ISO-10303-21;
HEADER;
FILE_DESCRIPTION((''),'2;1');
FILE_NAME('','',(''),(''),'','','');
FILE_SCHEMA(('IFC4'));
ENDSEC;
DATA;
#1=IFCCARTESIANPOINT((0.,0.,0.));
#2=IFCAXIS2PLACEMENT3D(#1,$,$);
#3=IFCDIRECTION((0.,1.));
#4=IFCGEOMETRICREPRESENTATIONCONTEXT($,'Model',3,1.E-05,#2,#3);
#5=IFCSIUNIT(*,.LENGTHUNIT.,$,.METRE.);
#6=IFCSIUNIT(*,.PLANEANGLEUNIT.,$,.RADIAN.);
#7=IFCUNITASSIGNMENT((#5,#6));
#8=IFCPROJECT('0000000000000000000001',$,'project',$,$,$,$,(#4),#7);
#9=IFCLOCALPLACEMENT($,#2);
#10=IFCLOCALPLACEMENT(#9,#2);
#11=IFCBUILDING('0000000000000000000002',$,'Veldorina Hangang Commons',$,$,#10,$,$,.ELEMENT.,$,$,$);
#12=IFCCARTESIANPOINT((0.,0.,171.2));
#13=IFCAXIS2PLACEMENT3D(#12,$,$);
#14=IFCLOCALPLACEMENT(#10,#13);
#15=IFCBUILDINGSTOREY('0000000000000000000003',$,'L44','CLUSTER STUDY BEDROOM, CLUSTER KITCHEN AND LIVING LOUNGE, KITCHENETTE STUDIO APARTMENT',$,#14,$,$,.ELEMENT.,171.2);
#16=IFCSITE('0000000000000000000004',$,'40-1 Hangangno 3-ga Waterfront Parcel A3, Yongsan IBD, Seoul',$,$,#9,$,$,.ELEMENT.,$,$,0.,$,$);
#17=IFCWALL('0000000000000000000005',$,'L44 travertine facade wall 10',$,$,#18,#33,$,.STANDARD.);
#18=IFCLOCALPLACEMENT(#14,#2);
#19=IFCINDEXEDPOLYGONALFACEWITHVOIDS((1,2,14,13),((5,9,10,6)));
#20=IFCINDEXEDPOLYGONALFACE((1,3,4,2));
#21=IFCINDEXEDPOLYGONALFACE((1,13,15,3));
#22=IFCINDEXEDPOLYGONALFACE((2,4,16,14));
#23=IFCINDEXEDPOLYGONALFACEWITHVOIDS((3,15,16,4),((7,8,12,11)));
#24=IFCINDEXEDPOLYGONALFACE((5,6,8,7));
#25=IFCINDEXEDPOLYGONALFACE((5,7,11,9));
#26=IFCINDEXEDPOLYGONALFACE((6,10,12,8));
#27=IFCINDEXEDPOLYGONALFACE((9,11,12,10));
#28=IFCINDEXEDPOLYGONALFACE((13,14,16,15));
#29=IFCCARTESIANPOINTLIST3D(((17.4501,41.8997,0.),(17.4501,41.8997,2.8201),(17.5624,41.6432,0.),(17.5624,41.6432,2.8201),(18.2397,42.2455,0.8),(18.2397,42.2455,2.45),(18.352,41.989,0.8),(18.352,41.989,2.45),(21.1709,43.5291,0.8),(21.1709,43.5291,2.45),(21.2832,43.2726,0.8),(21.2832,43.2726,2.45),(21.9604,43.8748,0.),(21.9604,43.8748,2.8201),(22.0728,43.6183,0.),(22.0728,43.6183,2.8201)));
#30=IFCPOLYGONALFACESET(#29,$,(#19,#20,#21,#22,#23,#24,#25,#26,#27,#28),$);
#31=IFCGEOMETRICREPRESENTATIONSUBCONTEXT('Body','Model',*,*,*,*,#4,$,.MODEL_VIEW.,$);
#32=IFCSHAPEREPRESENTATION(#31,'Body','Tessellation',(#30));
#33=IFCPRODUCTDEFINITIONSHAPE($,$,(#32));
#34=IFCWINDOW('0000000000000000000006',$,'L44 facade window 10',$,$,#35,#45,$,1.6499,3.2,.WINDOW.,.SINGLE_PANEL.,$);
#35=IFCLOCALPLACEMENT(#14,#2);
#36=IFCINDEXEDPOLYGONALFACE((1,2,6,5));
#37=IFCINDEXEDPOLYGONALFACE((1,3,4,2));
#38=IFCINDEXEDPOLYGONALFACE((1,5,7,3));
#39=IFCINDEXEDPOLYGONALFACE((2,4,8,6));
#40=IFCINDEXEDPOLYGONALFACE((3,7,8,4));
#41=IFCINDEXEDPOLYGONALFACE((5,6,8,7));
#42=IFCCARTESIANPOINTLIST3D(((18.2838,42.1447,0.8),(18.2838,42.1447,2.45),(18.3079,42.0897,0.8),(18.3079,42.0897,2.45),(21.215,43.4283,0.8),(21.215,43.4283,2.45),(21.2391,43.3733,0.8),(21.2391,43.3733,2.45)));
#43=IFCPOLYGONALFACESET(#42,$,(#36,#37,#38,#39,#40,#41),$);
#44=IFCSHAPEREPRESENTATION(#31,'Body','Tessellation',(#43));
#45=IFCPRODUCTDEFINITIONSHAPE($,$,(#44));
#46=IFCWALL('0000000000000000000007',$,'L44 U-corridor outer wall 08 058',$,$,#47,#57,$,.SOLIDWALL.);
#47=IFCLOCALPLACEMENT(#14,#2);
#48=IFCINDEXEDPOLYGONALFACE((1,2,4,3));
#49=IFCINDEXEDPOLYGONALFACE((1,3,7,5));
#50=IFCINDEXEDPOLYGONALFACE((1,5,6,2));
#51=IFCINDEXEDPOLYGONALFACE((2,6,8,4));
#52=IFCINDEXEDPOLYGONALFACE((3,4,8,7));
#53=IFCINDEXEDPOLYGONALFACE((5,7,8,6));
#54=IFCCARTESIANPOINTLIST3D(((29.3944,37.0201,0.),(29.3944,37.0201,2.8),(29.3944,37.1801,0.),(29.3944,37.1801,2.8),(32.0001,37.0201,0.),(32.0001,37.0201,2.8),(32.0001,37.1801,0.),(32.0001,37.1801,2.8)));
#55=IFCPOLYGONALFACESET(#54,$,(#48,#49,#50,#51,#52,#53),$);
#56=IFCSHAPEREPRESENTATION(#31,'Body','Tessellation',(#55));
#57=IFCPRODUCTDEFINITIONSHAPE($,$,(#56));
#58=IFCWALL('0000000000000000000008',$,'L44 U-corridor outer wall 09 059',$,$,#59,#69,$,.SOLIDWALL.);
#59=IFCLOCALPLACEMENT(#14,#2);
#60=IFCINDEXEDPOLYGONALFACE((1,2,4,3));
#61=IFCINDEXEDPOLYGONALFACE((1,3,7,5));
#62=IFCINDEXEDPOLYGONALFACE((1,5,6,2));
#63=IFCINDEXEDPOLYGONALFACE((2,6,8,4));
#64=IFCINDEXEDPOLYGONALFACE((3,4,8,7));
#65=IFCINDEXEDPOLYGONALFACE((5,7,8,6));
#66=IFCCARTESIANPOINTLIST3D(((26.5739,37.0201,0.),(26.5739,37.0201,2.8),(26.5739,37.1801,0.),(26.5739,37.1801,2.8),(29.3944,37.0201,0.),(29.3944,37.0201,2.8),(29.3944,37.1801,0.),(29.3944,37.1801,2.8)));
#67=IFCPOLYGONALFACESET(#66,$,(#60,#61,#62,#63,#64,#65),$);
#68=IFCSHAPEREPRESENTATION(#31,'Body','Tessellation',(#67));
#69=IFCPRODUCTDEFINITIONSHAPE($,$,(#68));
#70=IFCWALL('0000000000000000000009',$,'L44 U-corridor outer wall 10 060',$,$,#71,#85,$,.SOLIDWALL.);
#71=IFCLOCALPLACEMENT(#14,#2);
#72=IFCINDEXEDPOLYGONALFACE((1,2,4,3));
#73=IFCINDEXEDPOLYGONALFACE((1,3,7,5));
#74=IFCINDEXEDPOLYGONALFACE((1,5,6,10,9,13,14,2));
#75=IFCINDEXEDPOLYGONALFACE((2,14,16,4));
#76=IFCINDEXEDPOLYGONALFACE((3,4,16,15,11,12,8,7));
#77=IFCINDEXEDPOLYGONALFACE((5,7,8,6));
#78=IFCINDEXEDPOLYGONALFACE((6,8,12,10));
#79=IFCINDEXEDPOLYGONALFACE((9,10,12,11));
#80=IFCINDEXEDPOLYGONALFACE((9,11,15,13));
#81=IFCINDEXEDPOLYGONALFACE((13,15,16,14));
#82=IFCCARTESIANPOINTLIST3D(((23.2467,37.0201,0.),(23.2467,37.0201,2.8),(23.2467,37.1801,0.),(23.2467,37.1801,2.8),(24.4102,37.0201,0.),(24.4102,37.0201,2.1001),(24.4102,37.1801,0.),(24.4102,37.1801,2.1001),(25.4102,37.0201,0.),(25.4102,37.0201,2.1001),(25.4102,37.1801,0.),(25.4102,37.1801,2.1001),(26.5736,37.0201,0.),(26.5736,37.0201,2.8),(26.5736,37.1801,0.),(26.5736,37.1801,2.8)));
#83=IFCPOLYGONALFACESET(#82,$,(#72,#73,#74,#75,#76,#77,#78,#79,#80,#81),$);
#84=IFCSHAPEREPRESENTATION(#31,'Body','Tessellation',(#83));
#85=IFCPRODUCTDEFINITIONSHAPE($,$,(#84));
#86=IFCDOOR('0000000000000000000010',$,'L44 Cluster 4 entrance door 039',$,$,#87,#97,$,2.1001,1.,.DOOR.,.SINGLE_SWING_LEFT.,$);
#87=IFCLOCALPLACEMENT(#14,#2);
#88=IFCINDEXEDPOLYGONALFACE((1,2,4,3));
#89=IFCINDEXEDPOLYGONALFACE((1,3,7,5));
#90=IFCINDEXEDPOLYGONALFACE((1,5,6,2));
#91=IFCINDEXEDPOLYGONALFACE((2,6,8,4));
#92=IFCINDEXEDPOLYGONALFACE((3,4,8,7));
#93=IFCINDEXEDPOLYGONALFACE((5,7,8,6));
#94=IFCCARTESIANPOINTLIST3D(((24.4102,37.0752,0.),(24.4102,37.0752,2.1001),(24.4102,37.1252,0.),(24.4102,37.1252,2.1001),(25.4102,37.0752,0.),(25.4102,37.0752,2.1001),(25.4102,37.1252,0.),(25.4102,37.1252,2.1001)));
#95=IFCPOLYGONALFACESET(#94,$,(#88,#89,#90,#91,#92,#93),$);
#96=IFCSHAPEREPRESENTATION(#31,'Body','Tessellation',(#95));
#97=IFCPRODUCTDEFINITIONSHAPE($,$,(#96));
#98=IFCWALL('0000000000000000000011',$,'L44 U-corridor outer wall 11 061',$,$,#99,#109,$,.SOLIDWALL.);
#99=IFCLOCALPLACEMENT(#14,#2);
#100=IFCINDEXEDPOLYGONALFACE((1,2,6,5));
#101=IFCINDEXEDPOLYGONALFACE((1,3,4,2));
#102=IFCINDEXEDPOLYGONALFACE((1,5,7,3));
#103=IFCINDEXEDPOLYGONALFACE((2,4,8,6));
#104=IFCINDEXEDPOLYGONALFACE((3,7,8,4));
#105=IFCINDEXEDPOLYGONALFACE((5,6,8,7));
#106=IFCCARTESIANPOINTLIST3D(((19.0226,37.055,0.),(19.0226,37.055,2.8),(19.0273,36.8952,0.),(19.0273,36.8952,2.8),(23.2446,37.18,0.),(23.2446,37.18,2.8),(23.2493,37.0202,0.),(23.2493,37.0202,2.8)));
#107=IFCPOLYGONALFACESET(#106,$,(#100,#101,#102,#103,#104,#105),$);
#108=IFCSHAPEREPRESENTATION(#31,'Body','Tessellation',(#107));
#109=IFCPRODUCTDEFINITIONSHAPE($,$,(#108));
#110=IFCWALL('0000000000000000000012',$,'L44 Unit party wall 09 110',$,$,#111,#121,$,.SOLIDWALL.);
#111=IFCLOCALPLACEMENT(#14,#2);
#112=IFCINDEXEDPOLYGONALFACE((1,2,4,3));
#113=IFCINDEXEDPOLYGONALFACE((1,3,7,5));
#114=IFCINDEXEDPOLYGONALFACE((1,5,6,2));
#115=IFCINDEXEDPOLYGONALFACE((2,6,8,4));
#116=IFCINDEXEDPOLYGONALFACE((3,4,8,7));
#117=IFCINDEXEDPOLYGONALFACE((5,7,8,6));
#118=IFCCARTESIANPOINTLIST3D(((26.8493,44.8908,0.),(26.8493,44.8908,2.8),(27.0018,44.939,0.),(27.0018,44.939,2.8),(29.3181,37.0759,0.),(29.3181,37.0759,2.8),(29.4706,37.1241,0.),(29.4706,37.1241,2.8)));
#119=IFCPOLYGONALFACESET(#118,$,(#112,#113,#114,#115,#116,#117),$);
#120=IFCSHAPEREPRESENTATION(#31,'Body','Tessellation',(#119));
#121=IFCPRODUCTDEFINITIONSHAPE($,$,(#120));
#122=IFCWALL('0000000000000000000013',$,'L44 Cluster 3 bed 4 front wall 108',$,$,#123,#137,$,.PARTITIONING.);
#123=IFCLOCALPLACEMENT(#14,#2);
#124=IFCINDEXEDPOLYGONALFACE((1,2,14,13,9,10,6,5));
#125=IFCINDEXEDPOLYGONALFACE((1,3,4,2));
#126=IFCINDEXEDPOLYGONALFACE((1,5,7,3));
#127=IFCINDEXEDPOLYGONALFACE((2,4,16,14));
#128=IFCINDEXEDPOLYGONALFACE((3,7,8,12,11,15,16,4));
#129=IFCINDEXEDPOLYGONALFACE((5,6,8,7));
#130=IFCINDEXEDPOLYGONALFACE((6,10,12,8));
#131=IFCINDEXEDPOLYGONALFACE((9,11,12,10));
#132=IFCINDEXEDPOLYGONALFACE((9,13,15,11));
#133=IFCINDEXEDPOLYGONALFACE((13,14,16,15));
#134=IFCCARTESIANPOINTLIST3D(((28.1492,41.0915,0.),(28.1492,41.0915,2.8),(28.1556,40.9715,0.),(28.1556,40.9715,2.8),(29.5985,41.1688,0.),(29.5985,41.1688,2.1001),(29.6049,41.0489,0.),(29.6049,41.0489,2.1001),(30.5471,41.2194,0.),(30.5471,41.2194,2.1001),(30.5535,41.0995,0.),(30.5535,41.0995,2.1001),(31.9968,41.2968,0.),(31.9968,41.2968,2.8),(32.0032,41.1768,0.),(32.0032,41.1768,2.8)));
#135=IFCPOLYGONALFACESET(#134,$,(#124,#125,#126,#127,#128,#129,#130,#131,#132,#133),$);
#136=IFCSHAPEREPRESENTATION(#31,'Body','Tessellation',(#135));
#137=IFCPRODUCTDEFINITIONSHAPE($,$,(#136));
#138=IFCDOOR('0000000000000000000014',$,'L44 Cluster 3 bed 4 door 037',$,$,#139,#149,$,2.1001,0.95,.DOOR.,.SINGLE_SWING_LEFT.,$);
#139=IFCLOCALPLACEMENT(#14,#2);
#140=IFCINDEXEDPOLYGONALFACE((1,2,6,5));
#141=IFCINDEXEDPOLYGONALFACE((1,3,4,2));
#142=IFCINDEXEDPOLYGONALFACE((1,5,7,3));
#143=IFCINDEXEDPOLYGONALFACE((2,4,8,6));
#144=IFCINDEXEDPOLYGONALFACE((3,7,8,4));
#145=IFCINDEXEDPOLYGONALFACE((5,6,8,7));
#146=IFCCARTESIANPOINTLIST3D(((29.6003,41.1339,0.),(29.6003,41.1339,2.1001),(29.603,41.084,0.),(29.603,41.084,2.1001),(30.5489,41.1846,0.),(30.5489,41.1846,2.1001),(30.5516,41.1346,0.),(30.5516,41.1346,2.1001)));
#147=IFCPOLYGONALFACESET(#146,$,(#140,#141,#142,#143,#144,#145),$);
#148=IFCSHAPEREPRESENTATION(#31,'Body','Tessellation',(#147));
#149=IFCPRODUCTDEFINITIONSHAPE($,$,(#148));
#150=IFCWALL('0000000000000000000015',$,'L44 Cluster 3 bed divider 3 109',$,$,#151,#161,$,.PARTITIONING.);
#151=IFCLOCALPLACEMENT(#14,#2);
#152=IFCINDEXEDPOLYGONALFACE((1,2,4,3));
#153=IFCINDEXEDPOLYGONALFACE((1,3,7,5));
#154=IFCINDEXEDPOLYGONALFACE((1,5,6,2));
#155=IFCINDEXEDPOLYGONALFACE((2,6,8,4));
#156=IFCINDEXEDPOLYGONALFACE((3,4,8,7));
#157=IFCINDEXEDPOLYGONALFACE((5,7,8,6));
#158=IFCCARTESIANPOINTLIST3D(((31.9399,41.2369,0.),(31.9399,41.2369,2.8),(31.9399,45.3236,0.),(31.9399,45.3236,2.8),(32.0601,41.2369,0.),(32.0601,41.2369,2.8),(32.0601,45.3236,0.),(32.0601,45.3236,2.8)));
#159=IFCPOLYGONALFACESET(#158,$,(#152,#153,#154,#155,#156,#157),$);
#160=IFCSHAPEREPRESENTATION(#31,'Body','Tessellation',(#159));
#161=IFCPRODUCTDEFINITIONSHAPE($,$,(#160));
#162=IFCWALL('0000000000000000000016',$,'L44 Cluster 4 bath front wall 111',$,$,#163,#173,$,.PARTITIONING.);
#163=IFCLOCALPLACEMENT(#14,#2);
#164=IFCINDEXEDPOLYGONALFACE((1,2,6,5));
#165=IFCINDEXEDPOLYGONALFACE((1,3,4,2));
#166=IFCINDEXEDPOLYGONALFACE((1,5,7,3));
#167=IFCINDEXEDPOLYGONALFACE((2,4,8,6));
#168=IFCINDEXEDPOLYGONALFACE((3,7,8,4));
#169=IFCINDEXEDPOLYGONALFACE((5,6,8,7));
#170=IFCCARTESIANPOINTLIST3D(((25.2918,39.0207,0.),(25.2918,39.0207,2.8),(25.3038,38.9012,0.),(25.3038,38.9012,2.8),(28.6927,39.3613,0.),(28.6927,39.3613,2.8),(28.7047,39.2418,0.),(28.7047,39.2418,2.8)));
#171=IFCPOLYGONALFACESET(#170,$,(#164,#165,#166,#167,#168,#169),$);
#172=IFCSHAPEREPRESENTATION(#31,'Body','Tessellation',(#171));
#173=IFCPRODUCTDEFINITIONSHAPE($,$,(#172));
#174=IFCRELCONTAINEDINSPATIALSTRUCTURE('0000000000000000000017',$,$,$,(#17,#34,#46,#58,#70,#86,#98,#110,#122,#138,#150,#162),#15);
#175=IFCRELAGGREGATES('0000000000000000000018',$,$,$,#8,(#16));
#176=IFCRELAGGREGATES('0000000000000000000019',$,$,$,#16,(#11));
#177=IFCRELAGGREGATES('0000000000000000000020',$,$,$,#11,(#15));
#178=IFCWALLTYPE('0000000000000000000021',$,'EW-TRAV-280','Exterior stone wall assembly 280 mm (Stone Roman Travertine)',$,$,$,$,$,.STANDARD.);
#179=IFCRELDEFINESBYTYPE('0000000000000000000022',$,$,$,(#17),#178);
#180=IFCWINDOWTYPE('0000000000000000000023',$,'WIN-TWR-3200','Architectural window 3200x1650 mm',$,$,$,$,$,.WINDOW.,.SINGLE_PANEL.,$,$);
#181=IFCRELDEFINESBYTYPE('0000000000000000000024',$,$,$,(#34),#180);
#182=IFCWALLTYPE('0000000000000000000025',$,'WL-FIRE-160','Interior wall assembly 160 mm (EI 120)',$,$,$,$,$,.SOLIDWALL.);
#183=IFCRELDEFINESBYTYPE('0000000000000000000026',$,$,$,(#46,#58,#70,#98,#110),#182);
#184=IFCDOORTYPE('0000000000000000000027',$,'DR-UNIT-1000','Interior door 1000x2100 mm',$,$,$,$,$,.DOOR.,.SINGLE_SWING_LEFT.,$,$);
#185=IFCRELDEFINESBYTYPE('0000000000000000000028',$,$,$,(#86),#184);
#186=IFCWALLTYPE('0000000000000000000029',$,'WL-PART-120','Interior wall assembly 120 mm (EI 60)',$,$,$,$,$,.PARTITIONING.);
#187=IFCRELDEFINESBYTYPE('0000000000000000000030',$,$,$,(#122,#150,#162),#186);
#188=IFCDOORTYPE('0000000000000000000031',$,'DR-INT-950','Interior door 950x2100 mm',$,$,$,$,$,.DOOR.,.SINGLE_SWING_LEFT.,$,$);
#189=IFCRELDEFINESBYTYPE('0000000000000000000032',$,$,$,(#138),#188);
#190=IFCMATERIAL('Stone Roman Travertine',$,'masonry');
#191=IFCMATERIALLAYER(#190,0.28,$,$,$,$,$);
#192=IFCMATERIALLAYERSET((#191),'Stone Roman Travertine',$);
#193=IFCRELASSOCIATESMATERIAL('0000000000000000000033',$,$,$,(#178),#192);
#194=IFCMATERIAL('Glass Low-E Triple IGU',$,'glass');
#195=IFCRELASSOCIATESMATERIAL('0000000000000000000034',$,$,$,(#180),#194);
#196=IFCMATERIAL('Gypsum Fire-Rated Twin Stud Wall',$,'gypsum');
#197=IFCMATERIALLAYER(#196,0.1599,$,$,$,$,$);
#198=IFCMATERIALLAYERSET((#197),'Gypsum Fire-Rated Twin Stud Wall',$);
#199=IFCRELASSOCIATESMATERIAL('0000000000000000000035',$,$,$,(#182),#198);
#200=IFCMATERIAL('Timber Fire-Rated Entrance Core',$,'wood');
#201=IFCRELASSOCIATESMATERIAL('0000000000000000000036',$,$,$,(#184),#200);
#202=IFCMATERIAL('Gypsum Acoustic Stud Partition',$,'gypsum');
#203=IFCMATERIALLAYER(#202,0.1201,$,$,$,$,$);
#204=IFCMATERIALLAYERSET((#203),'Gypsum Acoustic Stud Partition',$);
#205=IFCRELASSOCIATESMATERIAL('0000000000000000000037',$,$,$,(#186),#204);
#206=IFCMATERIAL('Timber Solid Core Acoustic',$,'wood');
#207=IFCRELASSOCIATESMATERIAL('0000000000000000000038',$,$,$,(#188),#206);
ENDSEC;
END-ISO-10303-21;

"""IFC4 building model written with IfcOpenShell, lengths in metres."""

from ifc_helpers import new_model, si_unit, direction, frame, frame_2d, origin, place, context, subcontext, project, spatial, rectangle, extrude, material, layer, layer_set, type_object, element, fill, save


model = new_model("IFC4")

# Units and contexts
model_context = context("Model", 3, precision=1e-05, world=origin(), true_north=direction((0.0, 1.0)))
body_context = subcontext(model_context, "Body", "Model", "MODEL_VIEW")
ifc_project = project(units=[si_unit("LENGTHUNIT", "METRE"), si_unit("PLANEANGLEUNIT", "RADIAN")], contexts=[model_context])

# Site, building, storey
site_placement = place(None, origin())
site = spatial("IfcSite", under=ifc_project, at=site_placement, Name="40-1 Hangangno 3-ga Waterfront Parcel A3, Yongsan IBD, Seoul", CompositionType="ELEMENT", RefElevation=0.0)
building_placement = place(site_placement, origin())
building = spatial("IfcBuilding", under=site, at=building_placement, Name="Veldorina Hangang Commons", CompositionType="ELEMENT")
storey_placement = place(building_placement, frame((0.0, 0.0, 171.2)))
storey = spatial("IfcBuildingStorey", under=building, at=storey_placement, Name="L44", Description="CLUSTER STUDY BEDROOM, CLUSTER KITCHEN AND LIVING LOUNGE, KITCHENETTE STUDIO APARTMENT", CompositionType="ELEMENT", Elevation=171.2)

# Shared definitions
ifc_material_1 = material(Name="Stone Roman Travertine", Category="masonry")
ifc_layer_1 = layer(ifc_material_1, 0.28)
ifc_layer_set_1 = layer_set([ifc_layer_1], Name="Stone Roman Travertine")
wall_type_1 = type_object("IfcWallType", Name="EW-TRAV-280", Description="Exterior stone wall assembly 280 mm (Stone Roman Travertine)", PredefinedType="STANDARD", material=ifc_layer_set_1)
ifc_material_2 = material(Name="Glass Low-E Triple IGU", Category="glass")
window_type = type_object("IfcWindowType", Name="WIN-TWR-3200", Description="Architectural window 3200x1650 mm", PartitioningType="SINGLE_PANEL", PredefinedType="WINDOW", material=ifc_material_2)

# Wall, opening, window
wall_1_placement = place(storey_placement, frame((22.0166, 43.7466, 0.0), z_axis=(0.0, 0.0, 1.0), x_axis=(-0.916018, -0.401136, 0.0)))
wall_1 = element("IfcWall", 1, at=wall_1_placement, inside=storey, type_object=wall_type_1, Name="L44 travertine facade wall 10", PredefinedType="STANDARD", context=body_context, shape_type="SweptSolid", body=[
    extrude(rectangle(XDim=4.9238, YDim=0.28, at=frame_2d((2.4619, 0.0))), origin(), (0.0, 0.0, 1.0), 2.8201),
])
opening_1_placement = place(wall_1_placement, frame((0.8618, 0.0, 0.8)))
opening_1 = element("IfcOpeningElement", 2, at=opening_1_placement, cuts=wall_1, PredefinedType="OPENING", context=body_context, shape_type="SweptSolid", body=[
    extrude(rectangle(XDim=3.2, YDim=1.6499, at=frame_2d((1.6001, 0.825))), frame((0.0, 0.1499, 0.0), z_axis=(0.0, -1.0, 0.0), x_axis=(1.0, 0.0, 0.0)), (0.0, 0.0, 1.0), 0.3),
])
window_1_placement = place(opening_1_placement, origin())
window_1 = element("IfcWindow", 3, at=window_1_placement, inside=storey, type_object=window_type, Name="L44 facade window 10", OverallHeight=1.6499, OverallWidth=3.2, PartitioningType="SINGLE_PANEL", PredefinedType="WINDOW", context=body_context, shape_type="SweptSolid", body=[
    extrude(rectangle(XDim=3.2, YDim=1.6499, at=frame_2d((1.6001, 0.825))), frame((0.0, 0.03, 0.0), z_axis=(0.0, -1.0, 0.0), x_axis=(1.0, 0.0, 0.0)), (0.0, 0.0, 1.0), 0.0601),
])
fill(opening_1, window_1)

# Walls
ifc_material_3 = material(Name="Gypsum Fire-Rated Twin Stud Wall", Category="gypsum")
ifc_layer_2 = layer(ifc_material_3, 0.1599)
ifc_layer_set_2 = layer_set([ifc_layer_2], Name="Gypsum Fire-Rated Twin Stud Wall")
wall_type_2 = type_object("IfcWallType", Name="WL-FIRE-160", Description="Interior wall assembly 160 mm (EI 120)", PredefinedType="SOLIDWALL", material=ifc_layer_set_2)
wall_2_placement = place(storey_placement, frame((32.0, 37.1001, 0.0), z_axis=(0.0, 0.0, 1.0), x_axis=(-1.0, 0.0, 0.0)))
element("IfcWall", 4, at=wall_2_placement, inside=storey, type_object=wall_type_2, Name="L44 U-corridor outer wall 08 058", PredefinedType="SOLIDWALL", context=body_context, shape_type="SweptSolid", body=[
    extrude(rectangle(XDim=2.6057, YDim=0.1599, at=frame_2d((1.3027, 0.0))), origin(), (0.0, 0.0, 1.0), 2.8),
])
wall_3_placement = place(storey_placement, frame((29.3943, 37.1001, 0.0), z_axis=(0.0, 0.0, 1.0), x_axis=(-1.0, 0.0, 0.0)))
element("IfcWall", 5, at=wall_3_placement, inside=storey, type_object=wall_type_2, Name="L44 U-corridor outer wall 09 059", PredefinedType="SOLIDWALL", context=body_context, shape_type="SweptSolid", body=[
    extrude(rectangle(XDim=2.8206, YDim=0.1599, at=frame_2d((1.4102, 0.0))), origin(), (0.0, 0.0, 1.0), 2.8),
])

# Wall, opening, door
wall_4_placement = place(storey_placement, frame((26.5737, 37.1001, 0.0), z_axis=(0.0, 0.0, 1.0), x_axis=(-1.0, 0.0, 0.0)))
wall_4 = element("IfcWall", 6, at=wall_4_placement, inside=storey, type_object=wall_type_2, Name="L44 U-corridor outer wall 10 060", PredefinedType="SOLIDWALL", context=body_context, shape_type="SweptSolid", body=[
    extrude(rectangle(XDim=3.3269, YDim=0.1599, at=frame_2d((1.6636, 0.0))), origin(), (0.0, 0.0, 1.0), 2.8),
])
opening_2_placement = place(wall_4_placement, frame((1.1636, 0.0, 0.0)))
opening_2 = element("IfcOpeningElement", 7, at=opening_2_placement, cuts=wall_4, PredefinedType="OPENING", context=body_context, shape_type="SweptSolid", body=[
    extrude(rectangle(XDim=1.0, YDim=2.1001, at=frame_2d((0.5, 1.05))), frame((0.0, 0.0898, 0.0), z_axis=(0.0, -1.0, 0.0), x_axis=(1.0, 0.0, 0.0)), (0.0, 0.0, 1.0), 0.1799),
])
ifc_material_4 = material(Name="Timber Fire-Rated Entrance Core", Category="wood")
door_type_1 = type_object("IfcDoorType", Name="DR-UNIT-1000", Description="Interior door 1000x2100 mm", OperationType="SINGLE_SWING_LEFT", PredefinedType="DOOR", material=ifc_material_4)
door_1_placement = place(opening_2_placement, origin())
door_1 = element("IfcDoor", 8, at=door_1_placement, inside=storey, type_object=door_type_1, Name="L44 Cluster 4 entrance door 039", OperationType="SINGLE_SWING_LEFT", OverallHeight=2.1001, OverallWidth=1.0, PredefinedType="DOOR", context=body_context, shape_type="SweptSolid", body=[
    extrude(rectangle(XDim=1.0, YDim=2.1001, at=frame_2d((0.5, 1.05))), frame((0.0, 0.0249, 0.0), z_axis=(0.0, -1.0, 0.0), x_axis=(1.0, 0.0, 0.0)), (0.0, 0.0, 1.0), 0.05),
])
fill(opening_2, door_1)

# Walls
wall_5_placement = place(storey_placement, frame((23.2468, 37.1001, 0.0), z_axis=(0.0, 0.0, 1.0), x_axis=(-0.999562, -0.029594, 0.0)))
element("IfcWall", 9, at=wall_5_placement, inside=storey, type_object=wall_type_2, Name="L44 U-corridor outer wall 11 061", PredefinedType="SOLIDWALL", context=body_context, shape_type="SweptSolid", body=[
    extrude(rectangle(XDim=4.2239, YDim=0.1599, at=frame_2d((2.1118, 0.0))), origin(), (0.0, 0.0, 1.0), 2.8),
])
wall_6_placement = place(storey_placement, frame((29.3943, 37.1001, 0.0), z_axis=(0.0, 0.0, 1.0), x_axis=(-0.301228, 0.953552, 0.0)))
element("IfcWall", 10, at=wall_6_placement, inside=storey, type_object=wall_type_2, Name="L44 Unit party wall 09 110", PredefinedType="SOLIDWALL", context=body_context, shape_type="SweptSolid", body=[
    extrude(rectangle(XDim=8.1956, YDim=0.1599, at=frame_2d((4.0977, 0.0))), origin(), (0.0, 0.0, 1.0), 2.8),
])

# Wall, opening, door
ifc_material_5 = material(Name="Gypsum Acoustic Stud Partition", Category="gypsum")
ifc_layer_3 = layer(ifc_material_5, 0.1201)
ifc_layer_set_3 = layer_set([ifc_layer_3], Name="Gypsum Acoustic Stud Partition")
wall_type_3 = type_object("IfcWallType", Name="WL-PART-120", Description="Interior wall assembly 120 mm (EI 60)", PredefinedType="PARTITIONING", material=ifc_layer_set_3)
wall_7_placement = place(storey_placement, frame((32.0, 41.2368, 0.0), z_axis=(0.0, 0.0, 1.0), x_axis=(-0.998579, -0.053287, 0.0)))
wall_7 = element("IfcWall", 11, at=wall_7_placement, inside=storey, type_object=wall_type_3, Name="L44 Cluster 3 bed 4 front wall 108", PredefinedType="PARTITIONING", context=body_context, shape_type="SweptSolid", body=[
    extrude(rectangle(XDim=3.853, YDim=0.1201, at=frame_2d((1.9265, 0.0))), origin(), (0.0, 0.0, 1.0), 2.8),
])
opening_3_placement = place(wall_7_placement, frame((1.4517, 0.0, 0.0)))
opening_3 = element("IfcOpeningElement", 12, at=opening_3_placement, cuts=wall_7, PredefinedType="OPENING", context=body_context, shape_type="SweptSolid", body=[
    extrude(rectangle(XDim=0.95, YDim=2.1001, at=frame_2d((0.4751, 1.05))), frame((0.0, 0.0701, 0.0), z_axis=(0.0, -1.0, 0.0), x_axis=(1.0, 0.0, 0.0)), (0.0, 0.0, 1.0), 0.1401),
])
ifc_material_6 = material(Name="Timber Solid Core Acoustic", Category="wood")
door_type_2 = type_object("IfcDoorType", Name="DR-INT-950", Description="Interior door 950x2100 mm", OperationType="SINGLE_SWING_LEFT", PredefinedType="DOOR", material=ifc_material_6)
door_2_placement = place(opening_3_placement, origin())
door_2 = element("IfcDoor", 13, at=door_2_placement, inside=storey, type_object=door_type_2, Name="L44 Cluster 3 bed 4 door 037", OperationType="SINGLE_SWING_LEFT", OverallHeight=2.1001, OverallWidth=0.95, PredefinedType="DOOR", context=body_context, shape_type="SweptSolid", body=[
    extrude(rectangle(XDim=0.95, YDim=2.1001, at=frame_2d((0.4751, 1.05))), frame((0.0, 0.0249, 0.0), z_axis=(0.0, -1.0, 0.0), x_axis=(1.0, 0.0, 0.0)), (0.0, 0.0, 1.0), 0.05),
])
fill(opening_3, door_2)

# Walls
wall_8_placement = place(storey_placement, frame((32.0, 41.2368, 0.0), z_axis=(0.0, 0.0, 1.0), x_axis=(0.0, 1.0, 0.0)))
element("IfcWall", 14, at=wall_8_placement, inside=storey, type_object=wall_type_3, Name="L44 Cluster 3 bed divider 3 109", PredefinedType="PARTITIONING", context=body_context, shape_type="SweptSolid", body=[
    extrude(rectangle(XDim=4.0867, YDim=0.1201, at=frame_2d((2.0435, 0.0))), origin(), (0.0, 0.0, 1.0), 2.8),
])
wall_9_placement = place(storey_placement, frame((28.6987, 39.3015, 0.0), z_axis=(0.0, 0.0, 1.0), x_axis=(-0.995023, -0.099645, 0.0)))
element("IfcWall", 15, at=wall_9_placement, inside=storey, type_object=wall_type_3, Name="L44 Cluster 4 bath front wall 111", PredefinedType="PARTITIONING", context=body_context, shape_type="SweptSolid", body=[
    extrude(rectangle(XDim=3.418, YDim=0.1201, at=frame_2d((1.709, 0.0))), origin(), (0.0, 0.0, 1.0), 2.8),
])

save(model, "model.ifc")
